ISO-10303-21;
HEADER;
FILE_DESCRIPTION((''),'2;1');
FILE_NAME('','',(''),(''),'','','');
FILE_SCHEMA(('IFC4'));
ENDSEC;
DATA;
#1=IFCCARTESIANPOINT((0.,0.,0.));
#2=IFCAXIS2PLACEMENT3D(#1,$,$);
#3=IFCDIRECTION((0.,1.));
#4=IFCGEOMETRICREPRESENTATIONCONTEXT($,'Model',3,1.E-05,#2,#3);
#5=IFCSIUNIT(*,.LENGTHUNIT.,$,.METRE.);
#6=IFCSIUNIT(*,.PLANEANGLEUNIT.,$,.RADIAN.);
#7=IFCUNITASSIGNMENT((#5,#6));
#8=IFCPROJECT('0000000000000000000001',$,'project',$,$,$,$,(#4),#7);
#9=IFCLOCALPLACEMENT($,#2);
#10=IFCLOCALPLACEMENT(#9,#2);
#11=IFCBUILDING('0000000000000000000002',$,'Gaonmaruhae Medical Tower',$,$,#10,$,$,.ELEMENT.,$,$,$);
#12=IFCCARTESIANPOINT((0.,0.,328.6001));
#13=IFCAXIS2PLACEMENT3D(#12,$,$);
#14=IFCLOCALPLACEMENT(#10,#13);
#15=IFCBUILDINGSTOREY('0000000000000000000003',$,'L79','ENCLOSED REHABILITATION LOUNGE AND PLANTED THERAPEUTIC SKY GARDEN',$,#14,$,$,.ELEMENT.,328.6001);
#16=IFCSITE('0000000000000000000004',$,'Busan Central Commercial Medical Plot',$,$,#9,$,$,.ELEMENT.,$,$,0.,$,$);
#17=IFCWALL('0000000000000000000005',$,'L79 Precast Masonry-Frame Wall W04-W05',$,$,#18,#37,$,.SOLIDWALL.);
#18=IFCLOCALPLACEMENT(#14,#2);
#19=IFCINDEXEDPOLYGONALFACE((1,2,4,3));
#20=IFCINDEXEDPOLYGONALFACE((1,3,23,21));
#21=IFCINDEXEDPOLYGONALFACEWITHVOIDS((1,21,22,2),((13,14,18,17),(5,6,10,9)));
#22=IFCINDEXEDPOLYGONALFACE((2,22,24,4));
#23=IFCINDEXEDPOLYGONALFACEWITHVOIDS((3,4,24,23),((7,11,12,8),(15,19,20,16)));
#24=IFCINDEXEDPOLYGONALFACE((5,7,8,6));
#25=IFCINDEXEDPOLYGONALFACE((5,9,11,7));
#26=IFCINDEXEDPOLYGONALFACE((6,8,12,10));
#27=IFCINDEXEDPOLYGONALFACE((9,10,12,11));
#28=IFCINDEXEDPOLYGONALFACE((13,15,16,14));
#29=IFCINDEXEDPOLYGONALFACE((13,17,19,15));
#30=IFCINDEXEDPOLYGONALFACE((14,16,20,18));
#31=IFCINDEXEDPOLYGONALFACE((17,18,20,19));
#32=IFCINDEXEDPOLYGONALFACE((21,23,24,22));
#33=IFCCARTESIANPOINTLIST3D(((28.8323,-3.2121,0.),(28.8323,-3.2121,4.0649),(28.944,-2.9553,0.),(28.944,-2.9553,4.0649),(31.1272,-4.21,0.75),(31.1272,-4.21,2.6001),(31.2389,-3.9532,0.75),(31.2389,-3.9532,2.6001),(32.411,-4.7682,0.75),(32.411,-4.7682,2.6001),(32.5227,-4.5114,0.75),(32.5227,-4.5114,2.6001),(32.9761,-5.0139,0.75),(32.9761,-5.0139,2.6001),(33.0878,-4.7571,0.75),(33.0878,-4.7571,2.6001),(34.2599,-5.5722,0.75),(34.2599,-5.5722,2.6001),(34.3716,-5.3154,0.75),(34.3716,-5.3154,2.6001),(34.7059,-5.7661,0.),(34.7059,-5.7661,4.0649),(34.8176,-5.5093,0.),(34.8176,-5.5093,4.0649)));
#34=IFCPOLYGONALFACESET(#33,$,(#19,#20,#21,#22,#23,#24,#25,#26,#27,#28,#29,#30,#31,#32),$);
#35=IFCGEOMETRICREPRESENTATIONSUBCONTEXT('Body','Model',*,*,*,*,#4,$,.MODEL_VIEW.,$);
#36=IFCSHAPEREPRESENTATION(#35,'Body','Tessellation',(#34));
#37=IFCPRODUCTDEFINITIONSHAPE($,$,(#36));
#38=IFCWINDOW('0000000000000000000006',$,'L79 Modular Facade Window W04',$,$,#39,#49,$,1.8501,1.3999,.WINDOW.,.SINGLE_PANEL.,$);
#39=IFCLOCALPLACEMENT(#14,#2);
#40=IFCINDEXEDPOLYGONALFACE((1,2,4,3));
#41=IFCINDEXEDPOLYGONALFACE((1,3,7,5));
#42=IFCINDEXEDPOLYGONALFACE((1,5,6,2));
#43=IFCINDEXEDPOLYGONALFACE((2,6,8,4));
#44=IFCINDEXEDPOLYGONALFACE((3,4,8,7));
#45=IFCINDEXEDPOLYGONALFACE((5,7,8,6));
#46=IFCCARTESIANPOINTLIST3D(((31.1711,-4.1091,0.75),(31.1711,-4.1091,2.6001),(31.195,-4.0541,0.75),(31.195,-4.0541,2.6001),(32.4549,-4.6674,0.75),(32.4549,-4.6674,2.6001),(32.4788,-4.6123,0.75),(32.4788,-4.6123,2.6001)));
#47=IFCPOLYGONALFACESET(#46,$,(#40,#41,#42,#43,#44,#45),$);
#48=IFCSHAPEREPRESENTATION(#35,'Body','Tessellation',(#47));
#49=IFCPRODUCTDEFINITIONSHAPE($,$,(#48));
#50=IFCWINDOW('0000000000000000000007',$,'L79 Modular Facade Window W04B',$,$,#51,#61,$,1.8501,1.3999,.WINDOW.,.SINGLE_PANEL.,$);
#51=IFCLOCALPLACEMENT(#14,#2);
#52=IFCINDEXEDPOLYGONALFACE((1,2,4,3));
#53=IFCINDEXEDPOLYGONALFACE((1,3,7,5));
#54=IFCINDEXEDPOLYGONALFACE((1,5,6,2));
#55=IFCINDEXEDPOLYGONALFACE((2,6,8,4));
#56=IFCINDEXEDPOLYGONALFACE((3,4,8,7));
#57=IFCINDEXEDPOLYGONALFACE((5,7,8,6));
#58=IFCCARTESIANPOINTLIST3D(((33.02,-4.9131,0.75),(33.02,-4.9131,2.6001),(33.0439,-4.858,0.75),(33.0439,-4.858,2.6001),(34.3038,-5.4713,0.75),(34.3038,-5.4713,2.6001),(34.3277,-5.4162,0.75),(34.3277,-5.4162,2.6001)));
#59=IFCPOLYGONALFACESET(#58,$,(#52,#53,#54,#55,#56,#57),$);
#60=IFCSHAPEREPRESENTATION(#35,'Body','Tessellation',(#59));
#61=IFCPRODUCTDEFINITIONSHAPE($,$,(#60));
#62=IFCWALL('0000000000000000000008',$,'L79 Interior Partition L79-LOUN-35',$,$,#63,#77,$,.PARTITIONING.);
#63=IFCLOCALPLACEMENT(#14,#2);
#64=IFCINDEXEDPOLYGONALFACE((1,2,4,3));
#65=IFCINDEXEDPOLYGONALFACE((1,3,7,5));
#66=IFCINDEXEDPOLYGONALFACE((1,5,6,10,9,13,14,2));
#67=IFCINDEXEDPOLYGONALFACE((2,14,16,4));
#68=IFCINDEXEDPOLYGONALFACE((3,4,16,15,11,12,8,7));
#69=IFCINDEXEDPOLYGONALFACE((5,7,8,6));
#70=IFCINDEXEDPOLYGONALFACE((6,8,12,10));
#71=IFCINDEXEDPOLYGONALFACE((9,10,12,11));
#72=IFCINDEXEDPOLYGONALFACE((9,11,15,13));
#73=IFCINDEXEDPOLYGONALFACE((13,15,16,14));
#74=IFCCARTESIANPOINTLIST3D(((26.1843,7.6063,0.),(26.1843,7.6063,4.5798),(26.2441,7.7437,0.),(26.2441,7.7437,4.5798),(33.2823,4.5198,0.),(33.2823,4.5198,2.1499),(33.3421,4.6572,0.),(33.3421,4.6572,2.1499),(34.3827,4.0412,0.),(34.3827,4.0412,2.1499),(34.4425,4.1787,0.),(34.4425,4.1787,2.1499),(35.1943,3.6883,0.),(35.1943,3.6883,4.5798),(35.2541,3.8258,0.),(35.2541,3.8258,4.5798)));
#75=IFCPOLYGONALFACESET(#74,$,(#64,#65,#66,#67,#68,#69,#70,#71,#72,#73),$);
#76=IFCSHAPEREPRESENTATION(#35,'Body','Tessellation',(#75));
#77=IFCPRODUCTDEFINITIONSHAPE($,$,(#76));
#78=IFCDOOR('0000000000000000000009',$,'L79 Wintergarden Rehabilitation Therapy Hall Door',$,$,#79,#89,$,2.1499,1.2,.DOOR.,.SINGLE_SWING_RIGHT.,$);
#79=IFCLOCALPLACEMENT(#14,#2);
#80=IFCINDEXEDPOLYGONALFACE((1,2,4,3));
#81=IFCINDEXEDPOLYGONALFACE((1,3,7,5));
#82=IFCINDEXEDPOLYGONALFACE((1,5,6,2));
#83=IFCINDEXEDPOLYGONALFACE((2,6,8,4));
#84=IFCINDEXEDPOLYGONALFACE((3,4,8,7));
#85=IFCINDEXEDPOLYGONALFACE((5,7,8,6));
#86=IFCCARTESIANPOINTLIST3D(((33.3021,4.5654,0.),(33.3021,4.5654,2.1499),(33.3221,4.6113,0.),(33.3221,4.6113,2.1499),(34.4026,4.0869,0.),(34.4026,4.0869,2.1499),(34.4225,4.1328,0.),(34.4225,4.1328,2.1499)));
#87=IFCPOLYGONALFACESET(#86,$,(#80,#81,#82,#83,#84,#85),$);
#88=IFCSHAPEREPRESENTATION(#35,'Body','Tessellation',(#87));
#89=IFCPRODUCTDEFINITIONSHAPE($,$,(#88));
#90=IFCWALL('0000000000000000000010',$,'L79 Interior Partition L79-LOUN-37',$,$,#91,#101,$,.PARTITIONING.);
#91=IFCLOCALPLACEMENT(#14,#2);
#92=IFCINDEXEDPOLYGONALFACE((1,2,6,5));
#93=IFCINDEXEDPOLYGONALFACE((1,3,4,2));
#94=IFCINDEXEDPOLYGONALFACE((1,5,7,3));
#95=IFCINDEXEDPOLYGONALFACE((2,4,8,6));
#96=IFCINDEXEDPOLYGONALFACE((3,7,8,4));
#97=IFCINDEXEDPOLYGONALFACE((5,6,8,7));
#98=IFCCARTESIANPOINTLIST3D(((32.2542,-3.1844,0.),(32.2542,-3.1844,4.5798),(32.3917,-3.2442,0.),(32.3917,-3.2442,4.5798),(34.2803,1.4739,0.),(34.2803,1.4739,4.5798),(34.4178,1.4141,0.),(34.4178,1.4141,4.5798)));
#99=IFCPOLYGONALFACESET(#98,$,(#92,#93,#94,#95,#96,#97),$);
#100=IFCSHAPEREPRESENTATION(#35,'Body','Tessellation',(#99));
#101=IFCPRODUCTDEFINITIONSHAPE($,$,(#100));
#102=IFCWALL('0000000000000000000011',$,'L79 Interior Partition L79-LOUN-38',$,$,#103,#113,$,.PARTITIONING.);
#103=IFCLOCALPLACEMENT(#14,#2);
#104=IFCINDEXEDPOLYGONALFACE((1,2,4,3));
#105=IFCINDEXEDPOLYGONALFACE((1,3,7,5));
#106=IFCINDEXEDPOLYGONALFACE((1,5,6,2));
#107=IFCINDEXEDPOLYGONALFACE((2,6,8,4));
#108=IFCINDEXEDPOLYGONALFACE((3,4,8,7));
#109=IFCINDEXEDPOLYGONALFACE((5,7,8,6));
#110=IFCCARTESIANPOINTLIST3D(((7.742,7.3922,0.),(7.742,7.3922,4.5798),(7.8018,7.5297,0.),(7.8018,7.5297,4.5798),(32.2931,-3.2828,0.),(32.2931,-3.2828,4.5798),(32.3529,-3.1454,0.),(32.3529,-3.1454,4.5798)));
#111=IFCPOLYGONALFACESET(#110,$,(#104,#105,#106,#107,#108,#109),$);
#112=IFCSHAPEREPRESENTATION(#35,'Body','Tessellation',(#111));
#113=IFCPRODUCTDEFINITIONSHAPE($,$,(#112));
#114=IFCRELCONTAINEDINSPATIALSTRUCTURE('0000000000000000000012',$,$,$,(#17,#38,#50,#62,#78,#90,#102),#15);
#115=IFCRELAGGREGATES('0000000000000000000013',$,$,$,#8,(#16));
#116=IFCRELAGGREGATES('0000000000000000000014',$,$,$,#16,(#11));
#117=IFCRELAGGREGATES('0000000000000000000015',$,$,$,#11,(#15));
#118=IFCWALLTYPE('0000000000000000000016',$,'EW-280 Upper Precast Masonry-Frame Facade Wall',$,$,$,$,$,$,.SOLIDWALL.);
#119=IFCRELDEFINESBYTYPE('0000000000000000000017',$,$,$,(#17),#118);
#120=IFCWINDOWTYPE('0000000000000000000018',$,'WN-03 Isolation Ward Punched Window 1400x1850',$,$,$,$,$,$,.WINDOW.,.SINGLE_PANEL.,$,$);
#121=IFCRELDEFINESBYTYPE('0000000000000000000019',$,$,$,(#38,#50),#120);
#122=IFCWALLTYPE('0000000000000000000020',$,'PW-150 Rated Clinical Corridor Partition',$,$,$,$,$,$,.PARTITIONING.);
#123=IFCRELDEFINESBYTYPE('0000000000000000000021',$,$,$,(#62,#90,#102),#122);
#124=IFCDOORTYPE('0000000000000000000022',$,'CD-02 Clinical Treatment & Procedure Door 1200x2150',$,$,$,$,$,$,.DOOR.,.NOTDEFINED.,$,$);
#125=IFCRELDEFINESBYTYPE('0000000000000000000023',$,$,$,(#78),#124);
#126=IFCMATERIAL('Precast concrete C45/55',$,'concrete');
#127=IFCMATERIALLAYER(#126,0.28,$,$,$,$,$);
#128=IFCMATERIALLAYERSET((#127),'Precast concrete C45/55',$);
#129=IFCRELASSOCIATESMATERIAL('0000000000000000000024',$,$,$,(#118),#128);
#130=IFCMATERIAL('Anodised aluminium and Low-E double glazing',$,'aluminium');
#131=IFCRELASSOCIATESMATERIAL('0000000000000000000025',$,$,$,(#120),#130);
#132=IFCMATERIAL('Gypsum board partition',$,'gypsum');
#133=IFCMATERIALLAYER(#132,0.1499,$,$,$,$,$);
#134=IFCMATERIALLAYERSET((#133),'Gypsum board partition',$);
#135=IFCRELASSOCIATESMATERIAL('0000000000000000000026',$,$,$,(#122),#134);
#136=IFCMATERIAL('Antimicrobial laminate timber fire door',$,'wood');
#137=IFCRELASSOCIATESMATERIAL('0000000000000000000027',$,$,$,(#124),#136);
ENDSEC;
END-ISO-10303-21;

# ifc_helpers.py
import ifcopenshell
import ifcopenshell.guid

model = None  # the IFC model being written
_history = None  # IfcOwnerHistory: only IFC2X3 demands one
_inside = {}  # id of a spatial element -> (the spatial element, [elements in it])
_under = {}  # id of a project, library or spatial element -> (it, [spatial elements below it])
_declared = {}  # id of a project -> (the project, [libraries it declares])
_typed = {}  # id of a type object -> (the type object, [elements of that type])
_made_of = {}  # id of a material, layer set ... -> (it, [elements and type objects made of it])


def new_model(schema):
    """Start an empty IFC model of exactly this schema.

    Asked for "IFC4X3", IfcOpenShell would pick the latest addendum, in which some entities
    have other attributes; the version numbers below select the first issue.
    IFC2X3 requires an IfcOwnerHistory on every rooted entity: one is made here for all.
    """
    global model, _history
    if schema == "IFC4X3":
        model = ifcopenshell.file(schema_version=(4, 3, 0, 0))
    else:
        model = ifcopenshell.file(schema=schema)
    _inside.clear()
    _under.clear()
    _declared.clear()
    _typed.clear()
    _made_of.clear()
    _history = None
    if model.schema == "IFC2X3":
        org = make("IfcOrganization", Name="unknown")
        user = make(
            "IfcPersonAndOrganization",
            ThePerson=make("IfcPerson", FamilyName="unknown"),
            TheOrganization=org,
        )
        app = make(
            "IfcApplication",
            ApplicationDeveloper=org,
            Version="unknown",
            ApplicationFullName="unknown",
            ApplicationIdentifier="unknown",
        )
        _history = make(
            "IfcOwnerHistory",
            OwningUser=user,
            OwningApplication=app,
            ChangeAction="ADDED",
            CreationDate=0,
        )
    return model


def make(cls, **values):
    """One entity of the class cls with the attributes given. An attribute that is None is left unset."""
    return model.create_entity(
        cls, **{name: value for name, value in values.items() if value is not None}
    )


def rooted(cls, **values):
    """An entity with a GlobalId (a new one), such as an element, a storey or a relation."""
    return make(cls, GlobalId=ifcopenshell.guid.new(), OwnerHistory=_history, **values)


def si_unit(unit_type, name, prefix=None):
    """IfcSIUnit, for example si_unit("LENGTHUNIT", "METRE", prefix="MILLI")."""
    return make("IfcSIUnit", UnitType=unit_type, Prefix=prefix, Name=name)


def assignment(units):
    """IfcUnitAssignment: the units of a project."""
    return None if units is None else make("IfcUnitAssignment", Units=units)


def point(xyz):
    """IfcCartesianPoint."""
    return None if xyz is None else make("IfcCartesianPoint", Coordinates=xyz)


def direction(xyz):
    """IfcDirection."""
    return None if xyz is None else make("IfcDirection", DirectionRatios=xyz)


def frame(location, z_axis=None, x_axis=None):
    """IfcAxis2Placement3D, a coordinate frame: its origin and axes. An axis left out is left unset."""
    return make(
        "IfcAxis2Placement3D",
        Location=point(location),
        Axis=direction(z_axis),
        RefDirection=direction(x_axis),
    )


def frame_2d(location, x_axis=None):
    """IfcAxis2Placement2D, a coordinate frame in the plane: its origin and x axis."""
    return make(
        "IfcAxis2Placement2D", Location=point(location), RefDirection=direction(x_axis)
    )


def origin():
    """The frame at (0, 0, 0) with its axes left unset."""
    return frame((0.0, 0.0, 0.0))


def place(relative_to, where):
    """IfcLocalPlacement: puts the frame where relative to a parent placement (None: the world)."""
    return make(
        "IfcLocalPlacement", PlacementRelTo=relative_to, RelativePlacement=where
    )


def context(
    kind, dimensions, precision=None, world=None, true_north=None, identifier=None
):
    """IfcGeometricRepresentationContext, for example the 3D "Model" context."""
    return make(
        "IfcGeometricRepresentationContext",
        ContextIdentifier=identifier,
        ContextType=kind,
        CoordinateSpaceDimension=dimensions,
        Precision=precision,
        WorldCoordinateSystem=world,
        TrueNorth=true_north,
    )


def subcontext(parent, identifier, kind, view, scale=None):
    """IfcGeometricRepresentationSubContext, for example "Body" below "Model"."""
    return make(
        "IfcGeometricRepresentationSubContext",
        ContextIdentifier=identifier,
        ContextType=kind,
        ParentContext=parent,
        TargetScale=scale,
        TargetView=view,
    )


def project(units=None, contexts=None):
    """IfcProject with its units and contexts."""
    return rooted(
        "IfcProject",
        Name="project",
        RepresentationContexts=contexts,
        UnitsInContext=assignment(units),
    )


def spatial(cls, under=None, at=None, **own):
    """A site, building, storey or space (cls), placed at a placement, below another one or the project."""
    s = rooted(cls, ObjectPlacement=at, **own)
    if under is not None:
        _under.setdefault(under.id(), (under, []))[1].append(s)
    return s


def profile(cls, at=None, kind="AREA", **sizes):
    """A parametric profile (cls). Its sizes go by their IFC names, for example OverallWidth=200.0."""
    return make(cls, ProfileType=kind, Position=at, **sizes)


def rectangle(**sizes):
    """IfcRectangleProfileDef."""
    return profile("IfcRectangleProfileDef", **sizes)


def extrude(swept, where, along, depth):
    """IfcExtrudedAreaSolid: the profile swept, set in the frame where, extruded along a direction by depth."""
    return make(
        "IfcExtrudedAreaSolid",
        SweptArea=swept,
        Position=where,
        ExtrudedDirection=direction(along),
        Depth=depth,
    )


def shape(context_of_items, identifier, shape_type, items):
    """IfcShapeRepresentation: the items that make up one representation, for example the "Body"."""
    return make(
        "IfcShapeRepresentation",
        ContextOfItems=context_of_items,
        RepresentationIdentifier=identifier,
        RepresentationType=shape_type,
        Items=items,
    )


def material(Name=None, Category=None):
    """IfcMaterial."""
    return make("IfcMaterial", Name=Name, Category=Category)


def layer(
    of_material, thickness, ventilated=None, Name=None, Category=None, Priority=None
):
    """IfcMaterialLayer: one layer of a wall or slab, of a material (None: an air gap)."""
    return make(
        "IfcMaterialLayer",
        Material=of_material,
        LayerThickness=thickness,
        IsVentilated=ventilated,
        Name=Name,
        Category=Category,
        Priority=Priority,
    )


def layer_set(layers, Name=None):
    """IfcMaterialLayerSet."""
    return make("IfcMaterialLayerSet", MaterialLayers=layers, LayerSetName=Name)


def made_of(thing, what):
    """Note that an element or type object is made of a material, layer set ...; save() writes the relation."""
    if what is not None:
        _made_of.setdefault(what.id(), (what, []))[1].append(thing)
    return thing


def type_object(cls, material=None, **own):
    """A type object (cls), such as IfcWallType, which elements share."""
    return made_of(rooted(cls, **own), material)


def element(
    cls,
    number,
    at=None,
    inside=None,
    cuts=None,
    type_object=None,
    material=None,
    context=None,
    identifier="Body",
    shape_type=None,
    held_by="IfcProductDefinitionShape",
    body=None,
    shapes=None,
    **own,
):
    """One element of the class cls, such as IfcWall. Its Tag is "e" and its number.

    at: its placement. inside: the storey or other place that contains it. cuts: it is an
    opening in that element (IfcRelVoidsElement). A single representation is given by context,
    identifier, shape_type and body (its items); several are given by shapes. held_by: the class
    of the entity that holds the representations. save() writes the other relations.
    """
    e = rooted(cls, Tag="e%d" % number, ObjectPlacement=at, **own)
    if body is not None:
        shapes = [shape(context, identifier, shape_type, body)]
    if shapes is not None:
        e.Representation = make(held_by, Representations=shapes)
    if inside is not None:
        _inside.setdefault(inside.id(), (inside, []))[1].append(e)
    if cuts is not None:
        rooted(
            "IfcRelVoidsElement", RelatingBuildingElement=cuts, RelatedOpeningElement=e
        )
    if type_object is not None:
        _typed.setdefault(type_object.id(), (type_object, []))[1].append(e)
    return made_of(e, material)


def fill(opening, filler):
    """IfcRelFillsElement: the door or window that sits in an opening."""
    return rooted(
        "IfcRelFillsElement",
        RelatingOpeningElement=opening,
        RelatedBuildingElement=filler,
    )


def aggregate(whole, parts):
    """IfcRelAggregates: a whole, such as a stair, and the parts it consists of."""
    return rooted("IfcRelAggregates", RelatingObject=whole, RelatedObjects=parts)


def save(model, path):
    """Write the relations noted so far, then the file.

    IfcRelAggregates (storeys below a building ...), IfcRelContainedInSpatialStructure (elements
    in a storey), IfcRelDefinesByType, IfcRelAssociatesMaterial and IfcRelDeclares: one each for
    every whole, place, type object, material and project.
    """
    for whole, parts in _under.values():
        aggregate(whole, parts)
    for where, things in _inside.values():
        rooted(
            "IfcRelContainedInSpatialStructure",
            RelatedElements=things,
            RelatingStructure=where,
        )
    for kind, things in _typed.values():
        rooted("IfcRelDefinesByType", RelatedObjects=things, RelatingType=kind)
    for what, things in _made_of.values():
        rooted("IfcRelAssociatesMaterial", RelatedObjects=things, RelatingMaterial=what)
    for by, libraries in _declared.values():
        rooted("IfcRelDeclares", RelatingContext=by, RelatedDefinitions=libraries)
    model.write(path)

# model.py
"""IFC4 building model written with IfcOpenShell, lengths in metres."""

from ifc_helpers import new_model, si_unit, direction, frame, frame_2d, origin, place, context, subcontext, project, spatial, rectangle, extrude, material, layer, layer_set, type_object, element, fill, save


model = new_model("IFC4")

# Units and contexts
model_context = context("Model", 3, precision=1e-05, world=origin(), true_north=direction((0.0, 1.0)))
body_context = subcontext(model_context, "Body", "Model", "MODEL_VIEW")
ifc_project = project(units=[si_unit("LENGTHUNIT", "METRE"), si_unit("PLANEANGLEUNIT", "RADIAN")], contexts=[model_context])

# Site, building, storey
site_placement = place(None, origin())
site = spatial("IfcSite", under=ifc_project, at=site_placement, Name="Busan Central Commercial Medical Plot", CompositionType="ELEMENT", RefElevation=0.0)
building_placement = place(site_placement, origin())
building = spatial("IfcBuilding", under=site, at=building_placement, Name="Gaonmaruhae Medical Tower", CompositionType="ELEMENT")
storey_placement = place(building_placement, frame((0.0, 0.0, 328.6001)))
storey = spatial("IfcBuildingStorey", under=building, at=storey_placement, Name="L79", Description="ENCLOSED REHABILITATION LOUNGE AND PLANTED THERAPEUTIC SKY GARDEN", CompositionType="ELEMENT", Elevation=328.6001)

# Shared definitions
ifc_material_1 = material(Name="Precast concrete C45/55", Category="concrete")
ifc_layer_1 = layer(ifc_material_1, 0.28)
ifc_layer_set_1 = layer_set([ifc_layer_1], Name="Precast concrete C45/55")
wall_type_1 = type_object("IfcWallType", Name="EW-280 Upper Precast Masonry-Frame Facade Wall", PredefinedType="SOLIDWALL", material=ifc_layer_set_1)
ifc_material_2 = material(Name="Anodised aluminium and Low-E double glazing", Category="aluminium")

# Wall, openings, windows
wall_1_placement = place(storey_placement, frame((34.7617, -5.6377, 0.0), z_axis=(0.0, 0.0, 1.0), x_axis=(-0.917056, 0.398758, 0.0)))
wall_1 = element("IfcWall", 1, at=wall_1_placement, inside=storey, type_object=wall_type_1, Name="L79 Precast Masonry-Frame Wall W04-W05", PredefinedType="SOLIDWALL", context=body_context, shape_type="SweptSolid", body=[
    extrude(rectangle(XDim=6.4048, YDim=0.28, at=frame_2d((3.2024, 0.0))), origin(), (0.0, 0.0, 1.0), 4.0649),
])
opening_1_placement = place(wall_1_placement, frame((2.5024, 0.0, 0.75)))
opening_1 = element("IfcOpeningElement", 2, at=opening_1_placement, cuts=wall_1, PredefinedType="OPENING", context=body_context, shape_type="SweptSolid", body=[
    extrude(rectangle(XDim=1.3999, YDim=1.8501, at=frame_2d((0.7, 0.925))), frame((0.0, 0.1499, 0.0), z_axis=(0.0, -1.0, 0.0), x_axis=(1.0, 0.0, 0.0)), (0.0, 0.0, 1.0), 0.3),
])
opening_2_placement = place(wall_1_placement, frame((0.4863, 0.0, 0.75)))
opening_2 = element("IfcOpeningElement", 3, at=opening_2_placement, cuts=wall_1, PredefinedType="OPENING", context=body_context, shape_type="SweptSolid", body=[
    extrude(rectangle(XDim=1.3999, YDim=1.8501, at=frame_2d((0.7, 0.925))), frame((0.0, 0.1499, 0.0), z_axis=(0.0, -1.0, 0.0), x_axis=(1.0, 0.0, 0.0)), (0.0, 0.0, 1.0), 0.3),
])
window_type_1 = type_object("IfcWindowType", Name="WN-03 Isolation Ward Punched Window 1400x1850", PartitioningType="SINGLE_PANEL", PredefinedType="WINDOW", material=ifc_material_2)
window_1_placement = place(opening_1_placement, origin())
window_1 = element("IfcWindow", 4, at=window_1_placement, inside=storey, type_object=window_type_1, Name="L79 Modular Facade Window W04", OverallHeight=1.8501, OverallWidth=1.3999, PartitioningType="SINGLE_PANEL", PredefinedType="WINDOW", context=body_context, shape_type="SweptSolid", body=[
    extrude(rectangle(XDim=1.3999, YDim=1.8501, at=frame_2d((0.7, 0.925))), frame((0.0, 0.03, 0.0), z_axis=(0.0, -1.0, 0.0), x_axis=(1.0, 0.0, 0.0)), (0.0, 0.0, 1.0), 0.0601),
])
fill(opening_1, window_1)
window_2_placement = place(opening_2_placement, origin())
window_2 = element("IfcWindow", 5, at=window_2_placement, inside=storey, type_object=window_type_1, Name="L79 Modular Facade Window W04B", OverallHeight=1.8501, OverallWidth=1.3999, PartitioningType="SINGLE_PANEL", PredefinedType="WINDOW", context=body_context, shape_type="SweptSolid", body=[
    extrude(rectangle(XDim=1.3999, YDim=1.8501, at=frame_2d((0.7, 0.925))), frame((0.0, 0.03, 0.0), z_axis=(0.0, -1.0, 0.0), x_axis=(1.0, 0.0, 0.0)), (0.0, 0.0, 1.0), 0.0601),
])
fill(opening_2, window_2)

# Wall, opening, door
ifc_material_3 = material(Name="Gypsum board partition", Category="gypsum")
ifc_layer_2 = layer(ifc_material_3, 0.1499)
ifc_layer_set_2 = layer_set([ifc_layer_2], Name="Gypsum board partition")
wall_type_2 = type_object("IfcWallType", Name="PW-150 Rated Clinical Corridor Partition", PredefinedType="PARTITIONING", material=ifc_layer_set_2)
wall_2_placement = place(storey_placement, frame((26.2141, 7.675, 0.0), z_axis=(0.0, 0.0, 1.0), x_axis=(0.917049, -0.398775, 0.0)))
wall_2 = element("IfcWall", 6, at=wall_2_placement, inside=storey, type_object=wall_type_2, Name="L79 Interior Partition L79-LOUN-35", PredefinedType="PARTITIONING", context=body_context, shape_type="SweptSolid", body=[
    extrude(rectangle(XDim=9.825, YDim=0.1499, at=frame_2d((4.9126, 0.0))), origin(), (0.0, 0.0, 1.0), 4.5798),
])
opening_3_placement = place(wall_2_placement, frame((7.74, 0.0, 0.0)))
opening_3 = element("IfcOpeningElement", 7, at=opening_3_placement, cuts=wall_2, PredefinedType="OPENING", context=body_context, shape_type="SweptSolid", body=[
    extrude(rectangle(XDim=1.2, YDim=2.1499, at=frame_2d((0.6001, 1.075))), frame((0.0, 0.085, 0.0), z_axis=(0.0, -1.0, 0.0), x_axis=(1.0, 0.0, 0.0)), (0.0, 0.0, 1.0), 0.1699),
])
ifc_material_4 = material(Name="Antimicrobial laminate timber fire door", Category="wood")
door_type = type_object("IfcDoorType", Name="CD-02 Clinical Treatment & Procedure Door 1200x2150", OperationType="NOTDEFINED", PredefinedType="DOOR", material=ifc_material_4)
door_placement = place(opening_3_placement, origin())
door = element("IfcDoor", 8, at=door_placement, inside=storey, type_object=door_type, Name="L79 Wintergarden Rehabilitation Therapy Hall Door", OperationType="SINGLE_SWING_RIGHT", OverallHeight=2.1499, OverallWidth=1.2, PredefinedType="DOOR", context=body_context, shape_type="SweptSolid", body=[
    extrude(rectangle(XDim=1.2, YDim=2.1499, at=frame_2d((0.6001, 1.075))), frame((0.0, 0.0249, 0.0), z_axis=(0.0, -1.0, 0.0), x_axis=(1.0, 0.0, 0.0)), (0.0, 0.0, 1.0), 0.05),
])
fill(opening_3, door)

# Walls
wall_3_placement = place(storey_placement, frame((34.3491, 1.4441, 0.0), z_axis=(0.0, 0.0, 1.0), x_axis=(-0.398861, -0.917011, 0.0)))
element("IfcWall", 9, at=wall_3_placement, inside=storey, type_object=wall_type_2, Name="L79 Interior Partition L79-LOUN-37", PredefinedType="PARTITIONING", context=body_context, shape_type="SweptSolid", body=[
    extrude(rectangle(XDim=5.0798, YDim=0.1499, at=frame_2d((2.54, 0.0))), origin(), (0.0, 0.0, 1.0), 4.5798),
])
wall_4_placement = place(storey_placement, frame((32.323, -3.2141, 0.0), z_axis=(0.0, 0.0, 1.0), x_axis=(-0.917061, 0.398748, 0.0)))
element("IfcWall", 10, at=wall_4_placement, inside=storey, type_object=wall_type_2, Name="L79 Interior Partition L79-LOUN-38", PredefinedType="PARTITIONING", context=body_context, shape_type="SweptSolid", body=[
    extrude(rectangle(XDim=26.7715, YDim=0.1499, at=frame_2d((13.3857, 0.0))), origin(), (0.0, 0.0, 1.0), 4.5798),
])

save(model, "model.ifc")
